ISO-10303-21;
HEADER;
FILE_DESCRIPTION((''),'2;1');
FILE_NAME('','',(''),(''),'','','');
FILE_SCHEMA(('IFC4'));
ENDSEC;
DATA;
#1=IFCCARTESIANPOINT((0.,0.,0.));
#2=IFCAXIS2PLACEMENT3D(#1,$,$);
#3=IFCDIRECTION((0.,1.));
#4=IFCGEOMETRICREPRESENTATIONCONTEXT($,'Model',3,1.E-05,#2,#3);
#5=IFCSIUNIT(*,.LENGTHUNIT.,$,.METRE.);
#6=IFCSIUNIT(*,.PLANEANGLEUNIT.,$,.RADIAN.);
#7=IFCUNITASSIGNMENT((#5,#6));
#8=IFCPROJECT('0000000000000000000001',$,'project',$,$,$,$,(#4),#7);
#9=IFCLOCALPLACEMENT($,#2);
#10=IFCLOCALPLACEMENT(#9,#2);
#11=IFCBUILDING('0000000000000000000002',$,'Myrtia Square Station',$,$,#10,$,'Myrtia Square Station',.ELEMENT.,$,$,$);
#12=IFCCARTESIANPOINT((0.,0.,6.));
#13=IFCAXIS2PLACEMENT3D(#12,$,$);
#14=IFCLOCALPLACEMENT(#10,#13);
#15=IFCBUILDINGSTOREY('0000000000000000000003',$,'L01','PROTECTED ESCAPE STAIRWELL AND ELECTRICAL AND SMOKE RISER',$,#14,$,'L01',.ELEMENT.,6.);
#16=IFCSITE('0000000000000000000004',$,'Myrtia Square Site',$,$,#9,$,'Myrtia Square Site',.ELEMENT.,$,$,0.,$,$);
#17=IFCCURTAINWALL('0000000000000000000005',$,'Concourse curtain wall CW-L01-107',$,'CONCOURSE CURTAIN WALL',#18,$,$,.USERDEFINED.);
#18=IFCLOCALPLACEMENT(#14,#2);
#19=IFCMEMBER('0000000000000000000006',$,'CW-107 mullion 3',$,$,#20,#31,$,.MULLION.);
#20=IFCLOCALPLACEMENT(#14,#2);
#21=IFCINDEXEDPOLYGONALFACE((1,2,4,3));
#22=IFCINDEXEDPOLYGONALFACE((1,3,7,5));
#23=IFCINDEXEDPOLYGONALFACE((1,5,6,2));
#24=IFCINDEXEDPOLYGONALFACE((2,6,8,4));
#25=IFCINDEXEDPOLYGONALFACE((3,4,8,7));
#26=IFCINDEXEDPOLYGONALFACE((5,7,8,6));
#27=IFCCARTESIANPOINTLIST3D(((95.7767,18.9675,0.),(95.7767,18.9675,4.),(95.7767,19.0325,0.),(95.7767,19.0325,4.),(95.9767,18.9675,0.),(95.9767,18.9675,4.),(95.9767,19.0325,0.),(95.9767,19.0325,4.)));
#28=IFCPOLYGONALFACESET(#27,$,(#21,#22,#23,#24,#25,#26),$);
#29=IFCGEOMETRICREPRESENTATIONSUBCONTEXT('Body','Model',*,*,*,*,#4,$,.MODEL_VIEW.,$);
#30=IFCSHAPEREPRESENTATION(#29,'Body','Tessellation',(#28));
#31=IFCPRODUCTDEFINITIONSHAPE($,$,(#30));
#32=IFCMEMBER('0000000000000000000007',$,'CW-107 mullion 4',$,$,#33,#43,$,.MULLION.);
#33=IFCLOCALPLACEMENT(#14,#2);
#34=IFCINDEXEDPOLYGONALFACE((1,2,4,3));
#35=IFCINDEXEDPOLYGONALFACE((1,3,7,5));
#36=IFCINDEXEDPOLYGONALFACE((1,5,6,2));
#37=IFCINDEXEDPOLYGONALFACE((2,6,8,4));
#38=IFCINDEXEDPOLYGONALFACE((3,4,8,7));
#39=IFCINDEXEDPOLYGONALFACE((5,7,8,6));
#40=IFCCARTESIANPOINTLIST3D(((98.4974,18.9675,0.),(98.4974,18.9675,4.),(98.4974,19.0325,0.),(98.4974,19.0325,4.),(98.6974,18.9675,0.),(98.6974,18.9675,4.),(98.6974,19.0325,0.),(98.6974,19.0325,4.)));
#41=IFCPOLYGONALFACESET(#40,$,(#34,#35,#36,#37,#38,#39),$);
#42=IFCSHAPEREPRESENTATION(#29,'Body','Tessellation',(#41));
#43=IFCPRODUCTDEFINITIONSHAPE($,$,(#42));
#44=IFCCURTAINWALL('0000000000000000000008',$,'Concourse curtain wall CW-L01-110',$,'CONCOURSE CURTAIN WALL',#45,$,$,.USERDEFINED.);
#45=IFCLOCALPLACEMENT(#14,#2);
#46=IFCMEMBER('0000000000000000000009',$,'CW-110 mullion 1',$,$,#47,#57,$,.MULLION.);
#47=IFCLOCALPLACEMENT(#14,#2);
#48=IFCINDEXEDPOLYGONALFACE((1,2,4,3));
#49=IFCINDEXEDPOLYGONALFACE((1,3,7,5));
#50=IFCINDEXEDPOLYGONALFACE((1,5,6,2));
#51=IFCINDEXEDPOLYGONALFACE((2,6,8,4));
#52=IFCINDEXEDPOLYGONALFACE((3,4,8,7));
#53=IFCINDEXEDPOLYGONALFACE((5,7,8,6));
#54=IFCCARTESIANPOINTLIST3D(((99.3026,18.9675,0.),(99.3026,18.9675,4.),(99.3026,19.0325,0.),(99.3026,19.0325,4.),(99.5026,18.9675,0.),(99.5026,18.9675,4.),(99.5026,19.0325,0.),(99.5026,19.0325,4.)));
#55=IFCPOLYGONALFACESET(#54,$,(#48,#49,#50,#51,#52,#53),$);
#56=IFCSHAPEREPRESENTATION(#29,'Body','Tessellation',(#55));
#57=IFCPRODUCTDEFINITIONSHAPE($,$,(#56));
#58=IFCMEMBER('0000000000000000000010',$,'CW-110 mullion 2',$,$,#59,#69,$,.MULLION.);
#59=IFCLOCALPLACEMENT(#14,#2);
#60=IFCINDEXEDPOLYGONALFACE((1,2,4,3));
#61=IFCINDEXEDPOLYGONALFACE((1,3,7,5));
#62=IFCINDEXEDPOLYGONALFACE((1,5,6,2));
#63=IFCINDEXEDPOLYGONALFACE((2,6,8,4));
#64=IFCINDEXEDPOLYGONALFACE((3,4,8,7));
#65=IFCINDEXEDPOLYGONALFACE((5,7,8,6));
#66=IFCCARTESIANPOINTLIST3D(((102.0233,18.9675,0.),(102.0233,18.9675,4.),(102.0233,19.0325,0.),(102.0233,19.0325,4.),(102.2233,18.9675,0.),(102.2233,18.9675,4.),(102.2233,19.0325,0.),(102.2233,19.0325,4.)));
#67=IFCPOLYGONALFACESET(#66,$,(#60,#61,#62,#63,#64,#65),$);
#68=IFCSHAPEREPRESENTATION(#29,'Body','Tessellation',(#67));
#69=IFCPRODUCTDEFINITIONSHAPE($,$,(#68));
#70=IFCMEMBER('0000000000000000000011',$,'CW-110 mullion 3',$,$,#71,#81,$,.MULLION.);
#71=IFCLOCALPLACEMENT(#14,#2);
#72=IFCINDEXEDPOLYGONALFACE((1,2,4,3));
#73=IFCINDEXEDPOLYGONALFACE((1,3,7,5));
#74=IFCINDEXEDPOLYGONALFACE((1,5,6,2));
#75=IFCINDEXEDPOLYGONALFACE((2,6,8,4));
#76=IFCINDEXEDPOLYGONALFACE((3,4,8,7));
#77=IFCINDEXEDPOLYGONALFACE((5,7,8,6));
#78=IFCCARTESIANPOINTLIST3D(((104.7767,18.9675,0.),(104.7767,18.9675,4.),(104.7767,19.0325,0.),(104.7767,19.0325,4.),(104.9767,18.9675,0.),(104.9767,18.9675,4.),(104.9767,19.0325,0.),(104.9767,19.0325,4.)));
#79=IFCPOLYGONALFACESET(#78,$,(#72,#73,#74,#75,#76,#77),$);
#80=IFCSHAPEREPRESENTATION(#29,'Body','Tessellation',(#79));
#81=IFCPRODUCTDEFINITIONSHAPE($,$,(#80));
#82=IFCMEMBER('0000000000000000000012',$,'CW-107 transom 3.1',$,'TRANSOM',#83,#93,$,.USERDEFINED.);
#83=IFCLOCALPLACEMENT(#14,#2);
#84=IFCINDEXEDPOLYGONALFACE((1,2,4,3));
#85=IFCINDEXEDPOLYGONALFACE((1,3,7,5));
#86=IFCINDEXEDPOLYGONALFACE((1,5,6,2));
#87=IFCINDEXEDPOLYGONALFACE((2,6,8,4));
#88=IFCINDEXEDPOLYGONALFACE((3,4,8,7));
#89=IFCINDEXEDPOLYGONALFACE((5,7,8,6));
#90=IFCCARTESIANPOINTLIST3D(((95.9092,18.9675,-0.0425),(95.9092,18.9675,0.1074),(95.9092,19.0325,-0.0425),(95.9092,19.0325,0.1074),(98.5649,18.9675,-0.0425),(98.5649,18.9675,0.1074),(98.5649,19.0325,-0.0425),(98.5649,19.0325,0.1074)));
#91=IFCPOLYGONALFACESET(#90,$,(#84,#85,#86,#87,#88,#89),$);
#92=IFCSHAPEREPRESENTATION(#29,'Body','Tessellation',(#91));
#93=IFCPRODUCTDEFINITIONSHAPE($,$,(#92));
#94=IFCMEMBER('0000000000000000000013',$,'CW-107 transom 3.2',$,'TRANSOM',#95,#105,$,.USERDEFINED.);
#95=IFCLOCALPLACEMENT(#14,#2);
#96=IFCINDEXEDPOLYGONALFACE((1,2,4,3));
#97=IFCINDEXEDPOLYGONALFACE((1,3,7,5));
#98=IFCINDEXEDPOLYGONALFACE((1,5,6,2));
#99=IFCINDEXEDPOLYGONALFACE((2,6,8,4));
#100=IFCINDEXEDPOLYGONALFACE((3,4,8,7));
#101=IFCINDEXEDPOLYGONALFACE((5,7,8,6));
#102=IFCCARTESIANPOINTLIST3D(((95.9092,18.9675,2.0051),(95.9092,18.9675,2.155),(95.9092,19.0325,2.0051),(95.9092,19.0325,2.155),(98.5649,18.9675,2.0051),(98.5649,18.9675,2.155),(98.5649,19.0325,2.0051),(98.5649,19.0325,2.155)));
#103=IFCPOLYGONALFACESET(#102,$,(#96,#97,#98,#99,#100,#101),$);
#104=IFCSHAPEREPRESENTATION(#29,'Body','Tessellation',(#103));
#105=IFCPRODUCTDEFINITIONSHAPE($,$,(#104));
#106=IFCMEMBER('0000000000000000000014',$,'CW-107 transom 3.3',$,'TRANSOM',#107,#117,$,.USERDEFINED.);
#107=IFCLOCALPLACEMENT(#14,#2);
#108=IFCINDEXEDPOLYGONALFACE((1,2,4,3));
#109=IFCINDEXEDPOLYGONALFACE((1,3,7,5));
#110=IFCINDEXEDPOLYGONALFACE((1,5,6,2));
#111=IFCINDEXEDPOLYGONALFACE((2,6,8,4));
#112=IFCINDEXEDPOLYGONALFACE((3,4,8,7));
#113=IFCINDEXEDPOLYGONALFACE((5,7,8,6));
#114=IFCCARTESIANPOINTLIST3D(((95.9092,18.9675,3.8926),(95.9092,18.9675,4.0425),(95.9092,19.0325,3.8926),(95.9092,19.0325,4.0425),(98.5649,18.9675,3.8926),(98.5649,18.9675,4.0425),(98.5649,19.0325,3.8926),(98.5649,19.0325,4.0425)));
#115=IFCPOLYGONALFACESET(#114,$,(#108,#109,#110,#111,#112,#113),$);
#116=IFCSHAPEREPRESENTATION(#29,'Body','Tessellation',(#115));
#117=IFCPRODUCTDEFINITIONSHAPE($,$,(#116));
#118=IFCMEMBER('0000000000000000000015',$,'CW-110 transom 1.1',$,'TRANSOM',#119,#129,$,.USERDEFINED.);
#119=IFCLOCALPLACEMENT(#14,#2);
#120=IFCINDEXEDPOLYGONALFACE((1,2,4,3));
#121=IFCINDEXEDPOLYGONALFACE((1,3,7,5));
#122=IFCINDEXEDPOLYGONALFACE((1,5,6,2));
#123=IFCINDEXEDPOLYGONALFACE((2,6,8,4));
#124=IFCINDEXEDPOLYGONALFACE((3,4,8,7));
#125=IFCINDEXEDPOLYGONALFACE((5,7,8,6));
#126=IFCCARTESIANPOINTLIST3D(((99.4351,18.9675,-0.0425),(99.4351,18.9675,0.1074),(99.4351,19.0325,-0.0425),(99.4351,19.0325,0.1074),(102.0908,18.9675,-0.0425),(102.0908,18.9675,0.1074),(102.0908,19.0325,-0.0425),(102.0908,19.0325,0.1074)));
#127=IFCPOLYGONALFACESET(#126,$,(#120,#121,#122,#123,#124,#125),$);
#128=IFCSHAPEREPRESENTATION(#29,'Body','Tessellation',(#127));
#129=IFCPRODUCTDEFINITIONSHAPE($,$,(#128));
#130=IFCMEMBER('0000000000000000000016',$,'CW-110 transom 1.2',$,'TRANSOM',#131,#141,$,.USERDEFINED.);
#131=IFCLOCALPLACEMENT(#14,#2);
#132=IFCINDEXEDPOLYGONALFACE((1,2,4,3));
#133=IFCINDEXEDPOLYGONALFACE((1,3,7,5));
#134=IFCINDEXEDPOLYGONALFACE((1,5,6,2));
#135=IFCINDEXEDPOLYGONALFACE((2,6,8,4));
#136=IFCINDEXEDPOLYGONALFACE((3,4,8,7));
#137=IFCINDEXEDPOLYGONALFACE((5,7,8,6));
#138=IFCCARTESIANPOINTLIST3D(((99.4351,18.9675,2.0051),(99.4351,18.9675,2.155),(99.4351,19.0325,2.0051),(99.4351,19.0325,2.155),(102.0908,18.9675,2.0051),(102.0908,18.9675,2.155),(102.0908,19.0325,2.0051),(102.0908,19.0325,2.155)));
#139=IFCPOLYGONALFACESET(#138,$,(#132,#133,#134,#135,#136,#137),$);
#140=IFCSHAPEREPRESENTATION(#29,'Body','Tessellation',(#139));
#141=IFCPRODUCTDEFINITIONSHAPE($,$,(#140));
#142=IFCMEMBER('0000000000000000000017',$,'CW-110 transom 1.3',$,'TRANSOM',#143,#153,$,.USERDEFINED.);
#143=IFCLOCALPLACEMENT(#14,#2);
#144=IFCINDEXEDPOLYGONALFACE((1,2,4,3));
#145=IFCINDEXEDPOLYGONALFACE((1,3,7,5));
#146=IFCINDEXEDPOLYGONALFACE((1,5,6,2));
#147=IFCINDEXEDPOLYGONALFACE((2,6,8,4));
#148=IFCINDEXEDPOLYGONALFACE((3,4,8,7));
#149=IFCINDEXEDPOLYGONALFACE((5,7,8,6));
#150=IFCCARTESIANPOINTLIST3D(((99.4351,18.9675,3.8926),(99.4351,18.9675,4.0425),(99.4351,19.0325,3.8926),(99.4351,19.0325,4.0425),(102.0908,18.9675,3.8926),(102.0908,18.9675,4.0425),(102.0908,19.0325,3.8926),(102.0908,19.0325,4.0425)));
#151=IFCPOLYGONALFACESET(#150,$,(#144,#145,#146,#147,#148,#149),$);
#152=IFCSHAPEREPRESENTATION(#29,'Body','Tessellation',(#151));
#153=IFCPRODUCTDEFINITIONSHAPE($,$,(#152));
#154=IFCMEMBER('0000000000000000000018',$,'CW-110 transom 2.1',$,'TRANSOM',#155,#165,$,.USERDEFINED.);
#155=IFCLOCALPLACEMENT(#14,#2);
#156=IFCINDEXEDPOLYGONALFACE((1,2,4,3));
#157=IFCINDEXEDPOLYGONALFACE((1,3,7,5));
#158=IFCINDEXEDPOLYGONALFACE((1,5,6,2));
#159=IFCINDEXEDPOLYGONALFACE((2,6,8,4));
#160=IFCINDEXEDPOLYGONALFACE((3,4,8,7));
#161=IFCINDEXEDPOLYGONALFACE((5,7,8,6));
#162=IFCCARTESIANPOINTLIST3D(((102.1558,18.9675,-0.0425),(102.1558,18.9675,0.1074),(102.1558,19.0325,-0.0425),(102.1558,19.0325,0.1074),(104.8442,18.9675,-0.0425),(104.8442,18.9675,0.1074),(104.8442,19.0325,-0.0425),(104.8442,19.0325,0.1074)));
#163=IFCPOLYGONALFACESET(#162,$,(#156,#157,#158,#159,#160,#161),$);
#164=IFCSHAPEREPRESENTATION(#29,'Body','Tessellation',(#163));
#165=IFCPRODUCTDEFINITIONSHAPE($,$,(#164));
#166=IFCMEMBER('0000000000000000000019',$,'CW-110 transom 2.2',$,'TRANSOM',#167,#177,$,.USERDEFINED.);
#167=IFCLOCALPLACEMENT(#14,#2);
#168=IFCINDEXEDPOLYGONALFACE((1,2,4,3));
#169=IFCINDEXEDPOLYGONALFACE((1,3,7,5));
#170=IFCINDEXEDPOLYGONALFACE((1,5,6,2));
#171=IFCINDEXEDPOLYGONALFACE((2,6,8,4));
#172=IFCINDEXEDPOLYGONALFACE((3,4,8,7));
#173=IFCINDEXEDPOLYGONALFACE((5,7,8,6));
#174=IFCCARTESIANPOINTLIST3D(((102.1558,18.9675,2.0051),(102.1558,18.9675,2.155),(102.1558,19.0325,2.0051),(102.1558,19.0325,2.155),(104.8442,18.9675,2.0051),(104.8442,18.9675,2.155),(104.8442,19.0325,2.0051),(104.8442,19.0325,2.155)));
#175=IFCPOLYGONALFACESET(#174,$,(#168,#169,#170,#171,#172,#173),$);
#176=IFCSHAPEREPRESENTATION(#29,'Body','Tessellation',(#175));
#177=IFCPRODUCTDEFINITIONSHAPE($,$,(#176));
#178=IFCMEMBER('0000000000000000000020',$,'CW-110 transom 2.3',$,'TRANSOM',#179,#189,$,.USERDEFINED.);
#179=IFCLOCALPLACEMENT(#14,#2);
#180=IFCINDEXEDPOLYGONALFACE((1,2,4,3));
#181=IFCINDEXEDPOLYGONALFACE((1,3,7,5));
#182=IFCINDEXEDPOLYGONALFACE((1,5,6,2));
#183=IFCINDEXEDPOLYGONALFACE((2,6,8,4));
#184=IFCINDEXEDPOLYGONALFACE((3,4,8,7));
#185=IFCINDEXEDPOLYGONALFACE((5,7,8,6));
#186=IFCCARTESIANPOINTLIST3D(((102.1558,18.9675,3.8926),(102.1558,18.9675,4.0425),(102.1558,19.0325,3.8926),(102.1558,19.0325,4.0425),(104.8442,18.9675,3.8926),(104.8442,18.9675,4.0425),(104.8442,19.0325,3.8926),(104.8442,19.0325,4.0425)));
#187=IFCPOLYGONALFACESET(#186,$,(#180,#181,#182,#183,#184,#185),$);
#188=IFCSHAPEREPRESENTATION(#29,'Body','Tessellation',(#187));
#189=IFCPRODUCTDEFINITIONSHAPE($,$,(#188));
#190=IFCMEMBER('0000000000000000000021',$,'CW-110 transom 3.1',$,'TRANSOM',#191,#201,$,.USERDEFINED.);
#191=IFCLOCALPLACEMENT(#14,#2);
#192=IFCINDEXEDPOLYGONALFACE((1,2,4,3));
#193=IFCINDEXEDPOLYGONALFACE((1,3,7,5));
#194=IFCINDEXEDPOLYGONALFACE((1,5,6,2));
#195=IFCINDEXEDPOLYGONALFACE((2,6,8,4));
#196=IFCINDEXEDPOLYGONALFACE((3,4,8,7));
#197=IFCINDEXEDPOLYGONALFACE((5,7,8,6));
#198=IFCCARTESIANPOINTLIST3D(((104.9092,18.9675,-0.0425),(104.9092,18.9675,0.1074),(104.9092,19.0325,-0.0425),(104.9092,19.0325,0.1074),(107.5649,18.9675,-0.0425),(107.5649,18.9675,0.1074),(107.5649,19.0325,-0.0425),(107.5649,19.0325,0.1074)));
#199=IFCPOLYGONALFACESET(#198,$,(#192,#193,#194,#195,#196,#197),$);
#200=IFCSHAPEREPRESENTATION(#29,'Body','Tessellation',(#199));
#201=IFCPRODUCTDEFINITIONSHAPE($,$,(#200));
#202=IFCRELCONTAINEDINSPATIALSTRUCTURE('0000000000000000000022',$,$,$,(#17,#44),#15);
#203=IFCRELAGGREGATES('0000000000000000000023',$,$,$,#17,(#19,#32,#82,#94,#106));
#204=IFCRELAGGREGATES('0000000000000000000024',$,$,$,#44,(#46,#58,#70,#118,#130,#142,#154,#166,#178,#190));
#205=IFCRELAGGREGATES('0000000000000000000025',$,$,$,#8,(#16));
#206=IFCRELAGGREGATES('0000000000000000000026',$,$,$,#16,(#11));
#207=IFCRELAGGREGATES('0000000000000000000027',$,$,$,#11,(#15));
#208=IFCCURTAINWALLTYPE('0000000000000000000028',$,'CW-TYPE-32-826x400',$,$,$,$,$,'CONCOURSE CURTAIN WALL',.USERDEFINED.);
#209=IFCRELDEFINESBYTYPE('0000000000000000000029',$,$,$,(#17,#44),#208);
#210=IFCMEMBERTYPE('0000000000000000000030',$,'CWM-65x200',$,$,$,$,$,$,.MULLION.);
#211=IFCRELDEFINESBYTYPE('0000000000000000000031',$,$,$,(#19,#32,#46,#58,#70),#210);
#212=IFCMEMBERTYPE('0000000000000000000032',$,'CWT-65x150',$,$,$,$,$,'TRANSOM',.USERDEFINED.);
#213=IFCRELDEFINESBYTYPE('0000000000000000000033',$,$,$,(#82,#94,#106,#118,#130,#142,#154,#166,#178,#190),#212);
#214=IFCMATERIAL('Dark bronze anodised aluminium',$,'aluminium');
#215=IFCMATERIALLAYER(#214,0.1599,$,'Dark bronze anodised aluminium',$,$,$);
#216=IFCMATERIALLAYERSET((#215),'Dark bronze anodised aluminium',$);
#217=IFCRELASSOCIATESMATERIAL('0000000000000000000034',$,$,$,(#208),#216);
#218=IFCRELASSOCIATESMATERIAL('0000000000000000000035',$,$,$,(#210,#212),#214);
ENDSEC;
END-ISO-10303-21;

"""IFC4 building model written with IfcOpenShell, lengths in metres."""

from ifc_helpers import new_model, si_unit, direction, frame, origin, origin_2d, place, context, subcontext, project, spatial, rectangle, extrude, material, layer, layer_set, material_profile, profile_set, type_object, element, aggregate, save


model = new_model("IFC4")

# Units and contexts
model_context = context("Model", 3, precision=1e-05, world=origin(), true_north=direction((0.0, 1.0)))
body_context = subcontext(model_context, "Body", "Model", "MODEL_VIEW")
ifc_project = project(units=[si_unit("LENGTHUNIT", "METRE"), si_unit("PLANEANGLEUNIT", "RADIAN")], contexts=[model_context])

# Site, building, storey
site_placement = place(None, origin())
site = spatial("IfcSite", under=ifc_project, at=site_placement, Name="Myrtia Square Site", LongName="Myrtia Square Site", CompositionType="ELEMENT", RefElevation=0.0)
building_placement = place(site_placement, origin())
building = spatial("IfcBuilding", under=site, at=building_placement, Name="Myrtia Square Station", LongName="Myrtia Square Station", CompositionType="ELEMENT")
storey_placement = place(building_placement, frame((0.0, 0.0, 6.0)))
storey = spatial("IfcBuildingStorey", under=building, at=storey_placement, Name="L01", Description="PROTECTED ESCAPE STAIRWELL AND ELECTRICAL AND SMOKE RISER", LongName="L01", CompositionType="ELEMENT", Elevation=6.0)

# Curtain walls, members
ifc_material_1 = material(Name="Dark bronze anodised aluminium", Category="aluminium")
ifc_layer_1 = layer(ifc_material_1, 0.1599, Name="Dark bronze anodised aluminium")
ifc_layer_set_1 = layer_set([ifc_layer_1], Name="Dark bronze anodised aluminium")
curtain_wall_type = type_object("IfcCurtainWallType", Name="CW-TYPE-32-826x400", ElementType="CONCOURSE CURTAIN WALL", PredefinedType="USERDEFINED", material=ifc_layer_set_1)
curtain_wall_1_placement = place(storey_placement, origin())
curtain_wall_1 = element("IfcCurtainWall", 1, at=curtain_wall_1_placement, inside=storey, type_object=curtain_wall_type, Name="Concourse curtain wall CW-L01-107", ObjectType="CONCOURSE CURTAIN WALL", PredefinedType="USERDEFINED")
ifc_material_profile_1 = material_profile(ifc_material_1, rectangle(XDim=0.0649, YDim=0.2, at=origin_2d()), Name="ALU-M 65x200")
ifc_profile_set_1 = profile_set([ifc_material_profile_1], Name="Dark bronze anodised aluminium")
member_type_1 = type_object("IfcMemberType", Name="CWM-65x200", PredefinedType="MULLION", material=ifc_profile_set_1)
member_1_placement = place(storey_placement, frame((95.8767, 19.0, 0.0), z_axis=(0.0, 0.0, 1.0), x_axis=(0.0, 1.0, 0.0)))
member_1 = element("IfcMember", 2, at=member_1_placement, type_object=member_type_1, Name="CW-107 mullion 3", PredefinedType="MULLION", context=body_context, shape_type="SweptSolid", body=[
    extrude(rectangle(XDim=0.0649, YDim=0.2, at=origin_2d()), origin(), (0.0, 0.0, 1.0), 4.0),
])
member_2_placement = place(storey_placement, frame((98.5974, 19.0, 0.0), z_axis=(0.0, 0.0, 1.0), x_axis=(0.0, 1.0, 0.0)))
member_2 = element("IfcMember", 3, at=member_2_placement, type_object=member_type_1, Name="CW-107 mullion 4", PredefinedType="MULLION", context=body_context, shape_type="SweptSolid", body=[
    extrude(rectangle(XDim=0.0649, YDim=0.2, at=origin_2d()), origin(), (0.0, 0.0, 1.0), 4.0),
])
curtain_wall_2_placement = place(storey_placement, origin())
curtain_wall_2 = element("IfcCurtainWall", 4, at=curtain_wall_2_placement, inside=storey, type_object=curtain_wall_type, Name="Concourse curtain wall CW-L01-110", ObjectType="CONCOURSE CURTAIN WALL", PredefinedType="USERDEFINED")
member_3_placement = place(storey_placement, frame((99.4026, 19.0, 0.0), z_axis=(0.0, 0.0, 1.0), x_axis=(0.0, 1.0, 0.0)))
member_3 = element("IfcMember", 5, at=member_3_placement, type_object=member_type_1, Name="CW-110 mullion 1", PredefinedType="MULLION", context=body_context, shape_type="SweptSolid", body=[
    extrude(rectangle(XDim=0.0649, YDim=0.2, at=origin_2d()), origin(), (0.0, 0.0, 1.0), 4.0),
])
member_4_placement = place(storey_placement, frame((102.1233, 19.0, 0.0), z_axis=(0.0, 0.0, 1.0), x_axis=(0.0, 1.0, 0.0)))
member_4 = element("IfcMember", 6, at=member_4_placement, type_object=member_type_1, Name="CW-110 mullion 2", PredefinedType="MULLION", context=body_context, shape_type="SweptSolid", body=[
    extrude(rectangle(XDim=0.0649, YDim=0.2, at=origin_2d()), origin(), (0.0, 0.0, 1.0), 4.0),
])
member_5_placement = place(storey_placement, frame((104.8767, 19.0, 0.0), z_axis=(0.0, 0.0, 1.0), x_axis=(0.0, 1.0, 0.0)))
member_5 = element("IfcMember", 7, at=member_5_placement, type_object=member_type_1, Name="CW-110 mullion 3", PredefinedType="MULLION", context=body_context, shape_type="SweptSolid", body=[
    extrude(rectangle(XDim=0.0649, YDim=0.2, at=origin_2d()), origin(), (0.0, 0.0, 1.0), 4.0),
])

# Members
ifc_material_profile_2 = material_profile(ifc_material_1, rectangle(XDim=0.0649, YDim=0.1499, at=origin_2d()), Name="ALU-T 65x150")
ifc_profile_set_2 = profile_set([ifc_material_profile_2], Name="Dark bronze anodised aluminium")
member_type_2 = type_object("IfcMemberType", Name="CWT-65x150", ElementType="TRANSOM", PredefinedType="USERDEFINED", material=ifc_profile_set_2)
member_6_placement = place(storey_placement, frame((95.9092, 19.0, 0.0325), z_axis=(1.0, 0.0, 0.0), x_axis=(0.0, 1.0, 0.0)))
member_6 = element("IfcMember", 8, at=member_6_placement, type_object=member_type_2, Name="CW-107 transom 3.1", ObjectType="TRANSOM", PredefinedType="USERDEFINED", context=body_context, shape_type="SweptSolid", body=[
    extrude(rectangle(XDim=0.0649, YDim=0.1499, at=origin_2d()), origin(), (0.0, 0.0, 1.0), 2.6558),
])
member_7_placement = place(storey_placement, frame((95.9092, 19.0, 2.0801), z_axis=(1.0, 0.0, 0.0), x_axis=(0.0, 1.0, 0.0)))
member_7 = element("IfcMember", 9, at=member_7_placement, type_object=member_type_2, Name="CW-107 transom 3.2", ObjectType="TRANSOM", PredefinedType="USERDEFINED", context=body_context, shape_type="SweptSolid", body=[
    extrude(rectangle(XDim=0.0649, YDim=0.1499, at=origin_2d()), origin(), (0.0, 0.0, 1.0), 2.6558),
])
member_8_placement = place(storey_placement, frame((95.9092, 19.0, 3.9675), z_axis=(1.0, 0.0, 0.0), x_axis=(0.0, 1.0, 0.0)))
member_8 = element("IfcMember", 10, at=member_8_placement, type_object=member_type_2, Name="CW-107 transom 3.3", ObjectType="TRANSOM", PredefinedType="USERDEFINED", context=body_context, shape_type="SweptSolid", body=[
    extrude(rectangle(XDim=0.0649, YDim=0.1499, at=origin_2d()), origin(), (0.0, 0.0, 1.0), 2.6558),
])
member_9_placement = place(storey_placement, frame((99.4351, 19.0, 0.0325), z_axis=(1.0, 0.0, 0.0), x_axis=(0.0, 1.0, 0.0)))
member_9 = element("IfcMember", 11, at=member_9_placement, type_object=member_type_2, Name="CW-110 transom 1.1", ObjectType="TRANSOM", PredefinedType="USERDEFINED", context=body_context, shape_type="SweptSolid", body=[
    extrude(rectangle(XDim=0.0649, YDim=0.1499, at=origin_2d()), origin(), (0.0, 0.0, 1.0), 2.6558),
])
member_10_placement = place(storey_placement, frame((99.4351, 19.0, 2.0801), z_axis=(1.0, 0.0, 0.0), x_axis=(0.0, 1.0, 0.0)))
member_10 = element("IfcMember", 12, at=member_10_placement, type_object=member_type_2, Name="CW-110 transom 1.2", ObjectType="TRANSOM", PredefinedType="USERDEFINED", context=body_context, shape_type="SweptSolid", body=[
    extrude(rectangle(XDim=0.0649, YDim=0.1499, at=origin_2d()), origin(), (0.0, 0.0, 1.0), 2.6558),
])
member_11_placement = place(storey_placement, frame((99.4351, 19.0, 3.9675), z_axis=(1.0, 0.0, 0.0), x_axis=(0.0, 1.0, 0.0)))
member_11 = element("IfcMember", 13, at=member_11_placement, type_object=member_type_2, Name="CW-110 transom 1.3", ObjectType="TRANSOM", PredefinedType="USERDEFINED", context=body_context, shape_type="SweptSolid", body=[
    extrude(rectangle(XDim=0.0649, YDim=0.1499, at=origin_2d()), origin(), (0.0, 0.0, 1.0), 2.6558),
])
member_12_placement = place(storey_placement, frame((102.1558, 19.0, 0.0325), z_axis=(1.0, 0.0, 0.0), x_axis=(0.0, 1.0, 0.0)))
member_12 = element("IfcMember", 14, at=member_12_placement, type_object=member_type_2, Name="CW-110 transom 2.1", ObjectType="TRANSOM", PredefinedType="USERDEFINED", context=body_context, shape_type="SweptSolid", body=[
    extrude(rectangle(XDim=0.0649, YDim=0.1499, at=origin_2d()), origin(), (0.0, 0.0, 1.0), 2.6885),
])
member_13_placement = place(storey_placement, frame((102.1558, 19.0, 2.0801), z_axis=(1.0, 0.0, 0.0), x_axis=(0.0, 1.0, 0.0)))
member_13 = element("IfcMember", 15, at=member_13_placement, type_object=member_type_2, Name="CW-110 transom 2.2", ObjectType="TRANSOM", PredefinedType="USERDEFINED", context=body_context, shape_type="SweptSolid", body=[
    extrude(rectangle(XDim=0.0649, YDim=0.1499, at=origin_2d()), origin(), (0.0, 0.0, 1.0), 2.6885),
])
member_14_placement = place(storey_placement, frame((102.1558, 19.0, 3.9675), z_axis=(1.0, 0.0, 0.0), x_axis=(0.0, 1.0, 0.0)))
member_14 = element("IfcMember", 16, at=member_14_placement, type_object=member_type_2, Name="CW-110 transom 2.3", ObjectType="TRANSOM", PredefinedType="USERDEFINED", context=body_context, shape_type="SweptSolid", body=[
    extrude(rectangle(XDim=0.0649, YDim=0.1499, at=origin_2d()), origin(), (0.0, 0.0, 1.0), 2.6885),
])
member_15_placement = place(storey_placement, frame((104.9092, 19.0, 0.0325), z_axis=(1.0, 0.0, 0.0), x_axis=(0.0, 1.0, 0.0)))
member_15 = element("IfcMember", 17, at=member_15_placement, type_object=member_type_2, Name="CW-110 transom 3.1", ObjectType="TRANSOM", PredefinedType="USERDEFINED", context=body_context, shape_type="SweptSolid", body=[
    extrude(rectangle(XDim=0.0649, YDim=0.1499, at=origin_2d()), origin(), (0.0, 0.0, 1.0), 2.6558),
])

aggregate(curtain_wall_1, [member_1, member_2, member_6, member_7, member_8])
aggregate(curtain_wall_2, [member_3, member_4, member_5, member_9, member_10, member_11, member_12, member_13, member_14, member_15])

save(model, "model.ifc")
